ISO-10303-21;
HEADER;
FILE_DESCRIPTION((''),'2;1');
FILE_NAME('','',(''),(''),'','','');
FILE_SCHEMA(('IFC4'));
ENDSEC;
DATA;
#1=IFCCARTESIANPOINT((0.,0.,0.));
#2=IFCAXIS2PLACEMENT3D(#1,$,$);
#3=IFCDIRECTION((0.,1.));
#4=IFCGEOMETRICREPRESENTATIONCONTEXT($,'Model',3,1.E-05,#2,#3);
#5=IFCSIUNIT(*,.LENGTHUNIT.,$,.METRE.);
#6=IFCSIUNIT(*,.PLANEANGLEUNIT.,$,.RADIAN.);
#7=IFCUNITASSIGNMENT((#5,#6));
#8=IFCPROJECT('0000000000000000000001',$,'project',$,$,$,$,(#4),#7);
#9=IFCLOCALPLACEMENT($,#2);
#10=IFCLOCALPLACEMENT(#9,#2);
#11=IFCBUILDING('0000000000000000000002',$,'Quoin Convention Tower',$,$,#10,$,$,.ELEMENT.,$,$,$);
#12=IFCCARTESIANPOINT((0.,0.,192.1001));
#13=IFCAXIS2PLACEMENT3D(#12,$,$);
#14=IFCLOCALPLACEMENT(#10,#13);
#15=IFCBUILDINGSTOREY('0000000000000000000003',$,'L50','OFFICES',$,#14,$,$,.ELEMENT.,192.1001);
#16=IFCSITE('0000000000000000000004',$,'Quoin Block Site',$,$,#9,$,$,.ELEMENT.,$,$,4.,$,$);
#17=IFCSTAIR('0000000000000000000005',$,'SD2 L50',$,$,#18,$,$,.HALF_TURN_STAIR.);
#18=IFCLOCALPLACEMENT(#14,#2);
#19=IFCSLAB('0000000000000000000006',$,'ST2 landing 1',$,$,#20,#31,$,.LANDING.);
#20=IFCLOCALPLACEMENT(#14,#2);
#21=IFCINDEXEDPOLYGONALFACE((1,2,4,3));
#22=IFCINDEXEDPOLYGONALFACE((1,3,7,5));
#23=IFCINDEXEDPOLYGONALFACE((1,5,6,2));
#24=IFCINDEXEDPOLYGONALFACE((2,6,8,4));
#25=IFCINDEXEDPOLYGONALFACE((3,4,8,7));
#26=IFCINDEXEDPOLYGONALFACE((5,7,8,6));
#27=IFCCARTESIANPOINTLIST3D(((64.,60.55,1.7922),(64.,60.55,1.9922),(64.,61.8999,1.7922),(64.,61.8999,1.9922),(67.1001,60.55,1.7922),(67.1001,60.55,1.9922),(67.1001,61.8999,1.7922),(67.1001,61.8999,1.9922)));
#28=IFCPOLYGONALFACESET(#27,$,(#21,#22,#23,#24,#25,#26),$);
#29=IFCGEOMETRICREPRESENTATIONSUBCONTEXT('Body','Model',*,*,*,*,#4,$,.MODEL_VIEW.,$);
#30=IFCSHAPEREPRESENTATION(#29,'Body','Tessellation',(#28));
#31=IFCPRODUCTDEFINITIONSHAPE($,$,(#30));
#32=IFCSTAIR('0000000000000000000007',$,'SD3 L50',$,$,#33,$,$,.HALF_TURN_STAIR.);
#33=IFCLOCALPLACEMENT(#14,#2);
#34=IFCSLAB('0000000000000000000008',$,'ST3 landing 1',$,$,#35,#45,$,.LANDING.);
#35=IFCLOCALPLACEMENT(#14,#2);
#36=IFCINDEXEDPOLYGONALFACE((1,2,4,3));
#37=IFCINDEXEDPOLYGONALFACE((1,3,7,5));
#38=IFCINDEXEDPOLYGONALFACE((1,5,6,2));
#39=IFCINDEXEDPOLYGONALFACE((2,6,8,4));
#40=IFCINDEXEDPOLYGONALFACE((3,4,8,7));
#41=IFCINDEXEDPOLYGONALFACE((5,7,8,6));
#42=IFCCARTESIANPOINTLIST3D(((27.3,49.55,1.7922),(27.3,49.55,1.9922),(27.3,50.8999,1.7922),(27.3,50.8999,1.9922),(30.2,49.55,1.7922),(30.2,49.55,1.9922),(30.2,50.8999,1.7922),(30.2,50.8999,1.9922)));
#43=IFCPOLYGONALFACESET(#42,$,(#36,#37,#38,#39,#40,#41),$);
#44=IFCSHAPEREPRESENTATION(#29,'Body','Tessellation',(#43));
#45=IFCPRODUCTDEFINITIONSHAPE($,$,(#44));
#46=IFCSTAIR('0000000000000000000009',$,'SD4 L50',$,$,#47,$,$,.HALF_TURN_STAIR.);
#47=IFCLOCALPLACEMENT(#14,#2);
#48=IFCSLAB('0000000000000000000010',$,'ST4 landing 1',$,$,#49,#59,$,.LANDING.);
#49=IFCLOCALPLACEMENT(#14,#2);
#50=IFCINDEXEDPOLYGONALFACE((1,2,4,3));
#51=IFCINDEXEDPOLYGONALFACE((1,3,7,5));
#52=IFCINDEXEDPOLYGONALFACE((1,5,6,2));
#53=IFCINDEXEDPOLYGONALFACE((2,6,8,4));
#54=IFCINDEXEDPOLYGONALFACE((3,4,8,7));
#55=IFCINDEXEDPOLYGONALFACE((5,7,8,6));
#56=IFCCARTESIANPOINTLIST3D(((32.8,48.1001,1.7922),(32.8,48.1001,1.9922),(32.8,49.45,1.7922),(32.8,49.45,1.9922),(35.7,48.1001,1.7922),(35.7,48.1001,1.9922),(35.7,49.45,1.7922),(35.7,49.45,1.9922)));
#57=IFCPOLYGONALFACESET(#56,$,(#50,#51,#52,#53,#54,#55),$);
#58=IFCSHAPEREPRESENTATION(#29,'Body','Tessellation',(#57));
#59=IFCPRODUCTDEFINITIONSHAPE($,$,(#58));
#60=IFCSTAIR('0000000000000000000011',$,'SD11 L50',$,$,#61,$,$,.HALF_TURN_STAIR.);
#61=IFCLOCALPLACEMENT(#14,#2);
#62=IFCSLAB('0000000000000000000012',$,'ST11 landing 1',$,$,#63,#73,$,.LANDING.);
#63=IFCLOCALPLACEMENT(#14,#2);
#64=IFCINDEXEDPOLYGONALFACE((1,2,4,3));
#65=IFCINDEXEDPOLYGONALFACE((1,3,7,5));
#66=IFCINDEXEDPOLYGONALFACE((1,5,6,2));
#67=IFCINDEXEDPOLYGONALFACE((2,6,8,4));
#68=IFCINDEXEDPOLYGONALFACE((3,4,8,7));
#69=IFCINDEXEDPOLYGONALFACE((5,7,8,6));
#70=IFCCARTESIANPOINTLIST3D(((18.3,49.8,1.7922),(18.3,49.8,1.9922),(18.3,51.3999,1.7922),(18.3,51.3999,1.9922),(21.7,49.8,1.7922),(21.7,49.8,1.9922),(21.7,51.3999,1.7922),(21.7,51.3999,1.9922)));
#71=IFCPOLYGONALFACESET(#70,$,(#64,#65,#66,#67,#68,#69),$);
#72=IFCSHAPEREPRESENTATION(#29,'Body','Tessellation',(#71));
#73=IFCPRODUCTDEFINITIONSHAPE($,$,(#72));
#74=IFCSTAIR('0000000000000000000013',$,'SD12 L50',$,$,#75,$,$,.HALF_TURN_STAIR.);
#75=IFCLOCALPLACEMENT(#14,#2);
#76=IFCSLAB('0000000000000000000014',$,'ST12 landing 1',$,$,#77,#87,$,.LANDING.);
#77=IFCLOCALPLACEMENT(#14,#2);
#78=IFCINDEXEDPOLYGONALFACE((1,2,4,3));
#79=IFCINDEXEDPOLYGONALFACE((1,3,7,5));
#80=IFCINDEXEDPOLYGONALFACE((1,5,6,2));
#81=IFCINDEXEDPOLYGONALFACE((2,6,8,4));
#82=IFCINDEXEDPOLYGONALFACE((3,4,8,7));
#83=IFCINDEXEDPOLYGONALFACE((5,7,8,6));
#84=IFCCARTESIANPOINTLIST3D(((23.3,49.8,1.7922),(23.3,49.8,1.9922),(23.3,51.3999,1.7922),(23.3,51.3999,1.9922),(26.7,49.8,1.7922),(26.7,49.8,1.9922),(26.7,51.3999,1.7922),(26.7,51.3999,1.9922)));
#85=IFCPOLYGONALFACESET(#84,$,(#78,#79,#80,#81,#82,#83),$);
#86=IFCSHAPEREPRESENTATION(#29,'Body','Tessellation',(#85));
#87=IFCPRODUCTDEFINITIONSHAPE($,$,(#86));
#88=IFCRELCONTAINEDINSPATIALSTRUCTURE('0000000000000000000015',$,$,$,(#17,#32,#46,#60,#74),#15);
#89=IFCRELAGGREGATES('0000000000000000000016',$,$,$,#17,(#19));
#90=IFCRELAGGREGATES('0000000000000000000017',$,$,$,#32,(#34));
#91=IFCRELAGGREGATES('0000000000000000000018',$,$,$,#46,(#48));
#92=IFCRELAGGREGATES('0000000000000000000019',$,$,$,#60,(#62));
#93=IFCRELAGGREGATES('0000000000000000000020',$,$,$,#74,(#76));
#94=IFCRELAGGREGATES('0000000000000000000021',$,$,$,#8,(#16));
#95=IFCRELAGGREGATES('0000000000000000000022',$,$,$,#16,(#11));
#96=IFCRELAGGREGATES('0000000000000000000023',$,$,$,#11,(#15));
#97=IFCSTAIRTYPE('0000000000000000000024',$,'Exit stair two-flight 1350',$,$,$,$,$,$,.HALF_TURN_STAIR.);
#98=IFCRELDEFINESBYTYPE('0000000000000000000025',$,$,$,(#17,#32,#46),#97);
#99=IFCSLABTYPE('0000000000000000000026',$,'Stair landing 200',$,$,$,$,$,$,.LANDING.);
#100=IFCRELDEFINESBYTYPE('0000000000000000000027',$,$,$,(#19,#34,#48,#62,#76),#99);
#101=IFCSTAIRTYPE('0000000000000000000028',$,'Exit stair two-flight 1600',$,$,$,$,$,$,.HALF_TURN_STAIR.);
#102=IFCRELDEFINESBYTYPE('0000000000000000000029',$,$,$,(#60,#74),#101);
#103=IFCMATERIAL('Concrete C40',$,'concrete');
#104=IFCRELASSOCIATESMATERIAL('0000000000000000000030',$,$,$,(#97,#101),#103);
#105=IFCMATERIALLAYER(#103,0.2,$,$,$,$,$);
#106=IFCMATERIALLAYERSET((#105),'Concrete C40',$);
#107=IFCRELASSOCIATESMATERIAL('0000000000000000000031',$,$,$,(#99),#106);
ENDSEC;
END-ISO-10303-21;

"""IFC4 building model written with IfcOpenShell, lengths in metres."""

from ifc_helpers import new_model, si_unit, direction, frame, origin, place, context, subcontext, project, spatial, polyline, outline, extrude, material, layer, layer_set, type_object, element, aggregate, save


model = new_model("IFC4")

# Units and contexts
model_context = context("Model", 3, precision=1e-05, world=origin(), true_north=direction((0.0, 1.0)))
body_context = subcontext(model_context, "Body", "Model", "MODEL_VIEW")
ifc_project = project(units=[si_unit("LENGTHUNIT", "METRE"), si_unit("PLANEANGLEUNIT", "RADIAN")], contexts=[model_context])

# Site, building, storey
site_placement = place(None, origin())
site = spatial("IfcSite", under=ifc_project, at=site_placement, Name="Quoin Block Site", CompositionType="ELEMENT", RefElevation=4.0)
building_placement = place(site_placement, origin())
building = spatial("IfcBuilding", under=site, at=building_placement, Name="Quoin Convention Tower", CompositionType="ELEMENT")
storey_placement = place(building_placement, frame((0.0, 0.0, 192.1001)))
storey = spatial("IfcBuildingStorey", under=building, at=storey_placement, Name="L50", Description="OFFICES", CompositionType="ELEMENT", Elevation=192.1001)

# Shared definitions
ifc_material_1 = material(Name="Concrete C40", Category="concrete")

# Stairs, slabs
stair_type_1 = type_object("IfcStairType", Name="Exit stair two-flight 1350", PredefinedType="HALF_TURN_STAIR", material=ifc_material_1)
ifc_layer_1 = layer(ifc_material_1, 0.2)
ifc_layer_set_1 = layer_set([ifc_layer_1], Name="Concrete C40")
slab_type_1 = type_object("IfcSlabType", Name="Stair landing 200", PredefinedType="LANDING", material=ifc_layer_set_1)
stair_1_placement = place(storey_placement, origin())
stair_1 = element("IfcStair", 1, at=stair_1_placement, inside=storey, type_object=stair_type_1, Name="SD2 L50", PredefinedType="HALF_TURN_STAIR")
slab_1_placement = place(storey_placement, frame((0.0, 0.0, 1.7922)))
slab_1 = element("IfcSlab", 2, at=slab_1_placement, type_object=slab_type_1, Name="ST2 landing 1", PredefinedType="LANDING", context=body_context, shape_type="SweptSolid", body=[
    extrude(outline(polyline([(64.0, 60.55), (67.1001, 60.55), (67.1001, 61.8999), (64.0, 61.8999), (64.0, 60.55)])), origin(), (0.0, 0.0, 1.0), 0.2),
])
aggregate(stair_1, [slab_1])
stair_2_placement = place(storey_placement, origin())
stair_2 = element("IfcStair", 3, at=stair_2_placement, inside=storey, type_object=stair_type_1, Name="SD3 L50", PredefinedType="HALF_TURN_STAIR")
slab_2_placement = place(storey_placement, frame((0.0, 0.0, 1.7922)))
slab_2 = element("IfcSlab", 4, at=slab_2_placement, type_object=slab_type_1, Name="ST3 landing 1", PredefinedType="LANDING", context=body_context, shape_type="SweptSolid", body=[
    extrude(outline(polyline([(27.3, 49.55), (30.2, 49.55), (30.2, 50.8999), (27.3, 50.8999), (27.3, 49.55)])), origin(), (0.0, 0.0, 1.0), 0.2),
])
aggregate(stair_2, [slab_2])
stair_3_placement = place(storey_placement, origin())
stair_3 = element("IfcStair", 5, at=stair_3_placement, inside=storey, type_object=stair_type_1, Name="SD4 L50", PredefinedType="HALF_TURN_STAIR")
slab_3_placement = place(storey_placement, frame((0.0, 0.0, 1.7922)))
slab_3 = element("IfcSlab", 6, at=slab_3_placement, type_object=slab_type_1, Name="ST4 landing 1", PredefinedType="LANDING", context=body_context, shape_type="SweptSolid", body=[
    extrude(outline(polyline([(35.7, 49.45), (32.8, 49.45), (32.8, 48.1001), (35.7, 48.1001), (35.7, 49.45)])), origin(), (0.0, 0.0, 1.0), 0.2),
])
aggregate(stair_3, [slab_3])
stair_type_2 = type_object("IfcStairType", Name="Exit stair two-flight 1600", PredefinedType="HALF_TURN_STAIR", material=ifc_material_1)
stair_4_placement = place(storey_placement, origin())
stair_4 = element("IfcStair", 7, at=stair_4_placement, inside=storey, type_object=stair_type_2, Name="SD11 L50", PredefinedType="HALF_TURN_STAIR")
slab_4_placement = place(storey_placement, frame((0.0, 0.0, 1.7922)))
slab_4 = element("IfcSlab", 8, at=slab_4_placement, type_object=slab_type_1, Name="ST11 landing 1", PredefinedType="LANDING", context=body_context, shape_type="SweptSolid", body=[
    extrude(outline(polyline([(21.7, 51.3999), (18.3, 51.3999), (18.3, 49.8), (21.7, 49.8), (21.7, 51.3999)])), origin(), (0.0, 0.0, 1.0), 0.2),
])
aggregate(stair_4, [slab_4])
stair_5_placement = place(storey_placement, origin())
stair_5 = element("IfcStair", 9, at=stair_5_placement, inside=storey, type_object=stair_type_2, Name="SD12 L50", PredefinedType="HALF_TURN_STAIR")
slab_5_placement = place(storey_placement, frame((0.0, 0.0, 1.7922)))
slab_5 = element("IfcSlab", 10, at=slab_5_placement, type_object=slab_type_1, Name="ST12 landing 1", PredefinedType="LANDING", context=body_context, shape_type="SweptSolid", body=[
    extrude(outline(polyline([(26.7, 51.3999), (23.3, 51.3999), (23.3, 49.8), (26.7, 49.8), (26.7, 51.3999)])), origin(), (0.0, 0.0, 1.0), 0.2),
])
aggregate(stair_5, [slab_5])

save(model, "model.ifc")
